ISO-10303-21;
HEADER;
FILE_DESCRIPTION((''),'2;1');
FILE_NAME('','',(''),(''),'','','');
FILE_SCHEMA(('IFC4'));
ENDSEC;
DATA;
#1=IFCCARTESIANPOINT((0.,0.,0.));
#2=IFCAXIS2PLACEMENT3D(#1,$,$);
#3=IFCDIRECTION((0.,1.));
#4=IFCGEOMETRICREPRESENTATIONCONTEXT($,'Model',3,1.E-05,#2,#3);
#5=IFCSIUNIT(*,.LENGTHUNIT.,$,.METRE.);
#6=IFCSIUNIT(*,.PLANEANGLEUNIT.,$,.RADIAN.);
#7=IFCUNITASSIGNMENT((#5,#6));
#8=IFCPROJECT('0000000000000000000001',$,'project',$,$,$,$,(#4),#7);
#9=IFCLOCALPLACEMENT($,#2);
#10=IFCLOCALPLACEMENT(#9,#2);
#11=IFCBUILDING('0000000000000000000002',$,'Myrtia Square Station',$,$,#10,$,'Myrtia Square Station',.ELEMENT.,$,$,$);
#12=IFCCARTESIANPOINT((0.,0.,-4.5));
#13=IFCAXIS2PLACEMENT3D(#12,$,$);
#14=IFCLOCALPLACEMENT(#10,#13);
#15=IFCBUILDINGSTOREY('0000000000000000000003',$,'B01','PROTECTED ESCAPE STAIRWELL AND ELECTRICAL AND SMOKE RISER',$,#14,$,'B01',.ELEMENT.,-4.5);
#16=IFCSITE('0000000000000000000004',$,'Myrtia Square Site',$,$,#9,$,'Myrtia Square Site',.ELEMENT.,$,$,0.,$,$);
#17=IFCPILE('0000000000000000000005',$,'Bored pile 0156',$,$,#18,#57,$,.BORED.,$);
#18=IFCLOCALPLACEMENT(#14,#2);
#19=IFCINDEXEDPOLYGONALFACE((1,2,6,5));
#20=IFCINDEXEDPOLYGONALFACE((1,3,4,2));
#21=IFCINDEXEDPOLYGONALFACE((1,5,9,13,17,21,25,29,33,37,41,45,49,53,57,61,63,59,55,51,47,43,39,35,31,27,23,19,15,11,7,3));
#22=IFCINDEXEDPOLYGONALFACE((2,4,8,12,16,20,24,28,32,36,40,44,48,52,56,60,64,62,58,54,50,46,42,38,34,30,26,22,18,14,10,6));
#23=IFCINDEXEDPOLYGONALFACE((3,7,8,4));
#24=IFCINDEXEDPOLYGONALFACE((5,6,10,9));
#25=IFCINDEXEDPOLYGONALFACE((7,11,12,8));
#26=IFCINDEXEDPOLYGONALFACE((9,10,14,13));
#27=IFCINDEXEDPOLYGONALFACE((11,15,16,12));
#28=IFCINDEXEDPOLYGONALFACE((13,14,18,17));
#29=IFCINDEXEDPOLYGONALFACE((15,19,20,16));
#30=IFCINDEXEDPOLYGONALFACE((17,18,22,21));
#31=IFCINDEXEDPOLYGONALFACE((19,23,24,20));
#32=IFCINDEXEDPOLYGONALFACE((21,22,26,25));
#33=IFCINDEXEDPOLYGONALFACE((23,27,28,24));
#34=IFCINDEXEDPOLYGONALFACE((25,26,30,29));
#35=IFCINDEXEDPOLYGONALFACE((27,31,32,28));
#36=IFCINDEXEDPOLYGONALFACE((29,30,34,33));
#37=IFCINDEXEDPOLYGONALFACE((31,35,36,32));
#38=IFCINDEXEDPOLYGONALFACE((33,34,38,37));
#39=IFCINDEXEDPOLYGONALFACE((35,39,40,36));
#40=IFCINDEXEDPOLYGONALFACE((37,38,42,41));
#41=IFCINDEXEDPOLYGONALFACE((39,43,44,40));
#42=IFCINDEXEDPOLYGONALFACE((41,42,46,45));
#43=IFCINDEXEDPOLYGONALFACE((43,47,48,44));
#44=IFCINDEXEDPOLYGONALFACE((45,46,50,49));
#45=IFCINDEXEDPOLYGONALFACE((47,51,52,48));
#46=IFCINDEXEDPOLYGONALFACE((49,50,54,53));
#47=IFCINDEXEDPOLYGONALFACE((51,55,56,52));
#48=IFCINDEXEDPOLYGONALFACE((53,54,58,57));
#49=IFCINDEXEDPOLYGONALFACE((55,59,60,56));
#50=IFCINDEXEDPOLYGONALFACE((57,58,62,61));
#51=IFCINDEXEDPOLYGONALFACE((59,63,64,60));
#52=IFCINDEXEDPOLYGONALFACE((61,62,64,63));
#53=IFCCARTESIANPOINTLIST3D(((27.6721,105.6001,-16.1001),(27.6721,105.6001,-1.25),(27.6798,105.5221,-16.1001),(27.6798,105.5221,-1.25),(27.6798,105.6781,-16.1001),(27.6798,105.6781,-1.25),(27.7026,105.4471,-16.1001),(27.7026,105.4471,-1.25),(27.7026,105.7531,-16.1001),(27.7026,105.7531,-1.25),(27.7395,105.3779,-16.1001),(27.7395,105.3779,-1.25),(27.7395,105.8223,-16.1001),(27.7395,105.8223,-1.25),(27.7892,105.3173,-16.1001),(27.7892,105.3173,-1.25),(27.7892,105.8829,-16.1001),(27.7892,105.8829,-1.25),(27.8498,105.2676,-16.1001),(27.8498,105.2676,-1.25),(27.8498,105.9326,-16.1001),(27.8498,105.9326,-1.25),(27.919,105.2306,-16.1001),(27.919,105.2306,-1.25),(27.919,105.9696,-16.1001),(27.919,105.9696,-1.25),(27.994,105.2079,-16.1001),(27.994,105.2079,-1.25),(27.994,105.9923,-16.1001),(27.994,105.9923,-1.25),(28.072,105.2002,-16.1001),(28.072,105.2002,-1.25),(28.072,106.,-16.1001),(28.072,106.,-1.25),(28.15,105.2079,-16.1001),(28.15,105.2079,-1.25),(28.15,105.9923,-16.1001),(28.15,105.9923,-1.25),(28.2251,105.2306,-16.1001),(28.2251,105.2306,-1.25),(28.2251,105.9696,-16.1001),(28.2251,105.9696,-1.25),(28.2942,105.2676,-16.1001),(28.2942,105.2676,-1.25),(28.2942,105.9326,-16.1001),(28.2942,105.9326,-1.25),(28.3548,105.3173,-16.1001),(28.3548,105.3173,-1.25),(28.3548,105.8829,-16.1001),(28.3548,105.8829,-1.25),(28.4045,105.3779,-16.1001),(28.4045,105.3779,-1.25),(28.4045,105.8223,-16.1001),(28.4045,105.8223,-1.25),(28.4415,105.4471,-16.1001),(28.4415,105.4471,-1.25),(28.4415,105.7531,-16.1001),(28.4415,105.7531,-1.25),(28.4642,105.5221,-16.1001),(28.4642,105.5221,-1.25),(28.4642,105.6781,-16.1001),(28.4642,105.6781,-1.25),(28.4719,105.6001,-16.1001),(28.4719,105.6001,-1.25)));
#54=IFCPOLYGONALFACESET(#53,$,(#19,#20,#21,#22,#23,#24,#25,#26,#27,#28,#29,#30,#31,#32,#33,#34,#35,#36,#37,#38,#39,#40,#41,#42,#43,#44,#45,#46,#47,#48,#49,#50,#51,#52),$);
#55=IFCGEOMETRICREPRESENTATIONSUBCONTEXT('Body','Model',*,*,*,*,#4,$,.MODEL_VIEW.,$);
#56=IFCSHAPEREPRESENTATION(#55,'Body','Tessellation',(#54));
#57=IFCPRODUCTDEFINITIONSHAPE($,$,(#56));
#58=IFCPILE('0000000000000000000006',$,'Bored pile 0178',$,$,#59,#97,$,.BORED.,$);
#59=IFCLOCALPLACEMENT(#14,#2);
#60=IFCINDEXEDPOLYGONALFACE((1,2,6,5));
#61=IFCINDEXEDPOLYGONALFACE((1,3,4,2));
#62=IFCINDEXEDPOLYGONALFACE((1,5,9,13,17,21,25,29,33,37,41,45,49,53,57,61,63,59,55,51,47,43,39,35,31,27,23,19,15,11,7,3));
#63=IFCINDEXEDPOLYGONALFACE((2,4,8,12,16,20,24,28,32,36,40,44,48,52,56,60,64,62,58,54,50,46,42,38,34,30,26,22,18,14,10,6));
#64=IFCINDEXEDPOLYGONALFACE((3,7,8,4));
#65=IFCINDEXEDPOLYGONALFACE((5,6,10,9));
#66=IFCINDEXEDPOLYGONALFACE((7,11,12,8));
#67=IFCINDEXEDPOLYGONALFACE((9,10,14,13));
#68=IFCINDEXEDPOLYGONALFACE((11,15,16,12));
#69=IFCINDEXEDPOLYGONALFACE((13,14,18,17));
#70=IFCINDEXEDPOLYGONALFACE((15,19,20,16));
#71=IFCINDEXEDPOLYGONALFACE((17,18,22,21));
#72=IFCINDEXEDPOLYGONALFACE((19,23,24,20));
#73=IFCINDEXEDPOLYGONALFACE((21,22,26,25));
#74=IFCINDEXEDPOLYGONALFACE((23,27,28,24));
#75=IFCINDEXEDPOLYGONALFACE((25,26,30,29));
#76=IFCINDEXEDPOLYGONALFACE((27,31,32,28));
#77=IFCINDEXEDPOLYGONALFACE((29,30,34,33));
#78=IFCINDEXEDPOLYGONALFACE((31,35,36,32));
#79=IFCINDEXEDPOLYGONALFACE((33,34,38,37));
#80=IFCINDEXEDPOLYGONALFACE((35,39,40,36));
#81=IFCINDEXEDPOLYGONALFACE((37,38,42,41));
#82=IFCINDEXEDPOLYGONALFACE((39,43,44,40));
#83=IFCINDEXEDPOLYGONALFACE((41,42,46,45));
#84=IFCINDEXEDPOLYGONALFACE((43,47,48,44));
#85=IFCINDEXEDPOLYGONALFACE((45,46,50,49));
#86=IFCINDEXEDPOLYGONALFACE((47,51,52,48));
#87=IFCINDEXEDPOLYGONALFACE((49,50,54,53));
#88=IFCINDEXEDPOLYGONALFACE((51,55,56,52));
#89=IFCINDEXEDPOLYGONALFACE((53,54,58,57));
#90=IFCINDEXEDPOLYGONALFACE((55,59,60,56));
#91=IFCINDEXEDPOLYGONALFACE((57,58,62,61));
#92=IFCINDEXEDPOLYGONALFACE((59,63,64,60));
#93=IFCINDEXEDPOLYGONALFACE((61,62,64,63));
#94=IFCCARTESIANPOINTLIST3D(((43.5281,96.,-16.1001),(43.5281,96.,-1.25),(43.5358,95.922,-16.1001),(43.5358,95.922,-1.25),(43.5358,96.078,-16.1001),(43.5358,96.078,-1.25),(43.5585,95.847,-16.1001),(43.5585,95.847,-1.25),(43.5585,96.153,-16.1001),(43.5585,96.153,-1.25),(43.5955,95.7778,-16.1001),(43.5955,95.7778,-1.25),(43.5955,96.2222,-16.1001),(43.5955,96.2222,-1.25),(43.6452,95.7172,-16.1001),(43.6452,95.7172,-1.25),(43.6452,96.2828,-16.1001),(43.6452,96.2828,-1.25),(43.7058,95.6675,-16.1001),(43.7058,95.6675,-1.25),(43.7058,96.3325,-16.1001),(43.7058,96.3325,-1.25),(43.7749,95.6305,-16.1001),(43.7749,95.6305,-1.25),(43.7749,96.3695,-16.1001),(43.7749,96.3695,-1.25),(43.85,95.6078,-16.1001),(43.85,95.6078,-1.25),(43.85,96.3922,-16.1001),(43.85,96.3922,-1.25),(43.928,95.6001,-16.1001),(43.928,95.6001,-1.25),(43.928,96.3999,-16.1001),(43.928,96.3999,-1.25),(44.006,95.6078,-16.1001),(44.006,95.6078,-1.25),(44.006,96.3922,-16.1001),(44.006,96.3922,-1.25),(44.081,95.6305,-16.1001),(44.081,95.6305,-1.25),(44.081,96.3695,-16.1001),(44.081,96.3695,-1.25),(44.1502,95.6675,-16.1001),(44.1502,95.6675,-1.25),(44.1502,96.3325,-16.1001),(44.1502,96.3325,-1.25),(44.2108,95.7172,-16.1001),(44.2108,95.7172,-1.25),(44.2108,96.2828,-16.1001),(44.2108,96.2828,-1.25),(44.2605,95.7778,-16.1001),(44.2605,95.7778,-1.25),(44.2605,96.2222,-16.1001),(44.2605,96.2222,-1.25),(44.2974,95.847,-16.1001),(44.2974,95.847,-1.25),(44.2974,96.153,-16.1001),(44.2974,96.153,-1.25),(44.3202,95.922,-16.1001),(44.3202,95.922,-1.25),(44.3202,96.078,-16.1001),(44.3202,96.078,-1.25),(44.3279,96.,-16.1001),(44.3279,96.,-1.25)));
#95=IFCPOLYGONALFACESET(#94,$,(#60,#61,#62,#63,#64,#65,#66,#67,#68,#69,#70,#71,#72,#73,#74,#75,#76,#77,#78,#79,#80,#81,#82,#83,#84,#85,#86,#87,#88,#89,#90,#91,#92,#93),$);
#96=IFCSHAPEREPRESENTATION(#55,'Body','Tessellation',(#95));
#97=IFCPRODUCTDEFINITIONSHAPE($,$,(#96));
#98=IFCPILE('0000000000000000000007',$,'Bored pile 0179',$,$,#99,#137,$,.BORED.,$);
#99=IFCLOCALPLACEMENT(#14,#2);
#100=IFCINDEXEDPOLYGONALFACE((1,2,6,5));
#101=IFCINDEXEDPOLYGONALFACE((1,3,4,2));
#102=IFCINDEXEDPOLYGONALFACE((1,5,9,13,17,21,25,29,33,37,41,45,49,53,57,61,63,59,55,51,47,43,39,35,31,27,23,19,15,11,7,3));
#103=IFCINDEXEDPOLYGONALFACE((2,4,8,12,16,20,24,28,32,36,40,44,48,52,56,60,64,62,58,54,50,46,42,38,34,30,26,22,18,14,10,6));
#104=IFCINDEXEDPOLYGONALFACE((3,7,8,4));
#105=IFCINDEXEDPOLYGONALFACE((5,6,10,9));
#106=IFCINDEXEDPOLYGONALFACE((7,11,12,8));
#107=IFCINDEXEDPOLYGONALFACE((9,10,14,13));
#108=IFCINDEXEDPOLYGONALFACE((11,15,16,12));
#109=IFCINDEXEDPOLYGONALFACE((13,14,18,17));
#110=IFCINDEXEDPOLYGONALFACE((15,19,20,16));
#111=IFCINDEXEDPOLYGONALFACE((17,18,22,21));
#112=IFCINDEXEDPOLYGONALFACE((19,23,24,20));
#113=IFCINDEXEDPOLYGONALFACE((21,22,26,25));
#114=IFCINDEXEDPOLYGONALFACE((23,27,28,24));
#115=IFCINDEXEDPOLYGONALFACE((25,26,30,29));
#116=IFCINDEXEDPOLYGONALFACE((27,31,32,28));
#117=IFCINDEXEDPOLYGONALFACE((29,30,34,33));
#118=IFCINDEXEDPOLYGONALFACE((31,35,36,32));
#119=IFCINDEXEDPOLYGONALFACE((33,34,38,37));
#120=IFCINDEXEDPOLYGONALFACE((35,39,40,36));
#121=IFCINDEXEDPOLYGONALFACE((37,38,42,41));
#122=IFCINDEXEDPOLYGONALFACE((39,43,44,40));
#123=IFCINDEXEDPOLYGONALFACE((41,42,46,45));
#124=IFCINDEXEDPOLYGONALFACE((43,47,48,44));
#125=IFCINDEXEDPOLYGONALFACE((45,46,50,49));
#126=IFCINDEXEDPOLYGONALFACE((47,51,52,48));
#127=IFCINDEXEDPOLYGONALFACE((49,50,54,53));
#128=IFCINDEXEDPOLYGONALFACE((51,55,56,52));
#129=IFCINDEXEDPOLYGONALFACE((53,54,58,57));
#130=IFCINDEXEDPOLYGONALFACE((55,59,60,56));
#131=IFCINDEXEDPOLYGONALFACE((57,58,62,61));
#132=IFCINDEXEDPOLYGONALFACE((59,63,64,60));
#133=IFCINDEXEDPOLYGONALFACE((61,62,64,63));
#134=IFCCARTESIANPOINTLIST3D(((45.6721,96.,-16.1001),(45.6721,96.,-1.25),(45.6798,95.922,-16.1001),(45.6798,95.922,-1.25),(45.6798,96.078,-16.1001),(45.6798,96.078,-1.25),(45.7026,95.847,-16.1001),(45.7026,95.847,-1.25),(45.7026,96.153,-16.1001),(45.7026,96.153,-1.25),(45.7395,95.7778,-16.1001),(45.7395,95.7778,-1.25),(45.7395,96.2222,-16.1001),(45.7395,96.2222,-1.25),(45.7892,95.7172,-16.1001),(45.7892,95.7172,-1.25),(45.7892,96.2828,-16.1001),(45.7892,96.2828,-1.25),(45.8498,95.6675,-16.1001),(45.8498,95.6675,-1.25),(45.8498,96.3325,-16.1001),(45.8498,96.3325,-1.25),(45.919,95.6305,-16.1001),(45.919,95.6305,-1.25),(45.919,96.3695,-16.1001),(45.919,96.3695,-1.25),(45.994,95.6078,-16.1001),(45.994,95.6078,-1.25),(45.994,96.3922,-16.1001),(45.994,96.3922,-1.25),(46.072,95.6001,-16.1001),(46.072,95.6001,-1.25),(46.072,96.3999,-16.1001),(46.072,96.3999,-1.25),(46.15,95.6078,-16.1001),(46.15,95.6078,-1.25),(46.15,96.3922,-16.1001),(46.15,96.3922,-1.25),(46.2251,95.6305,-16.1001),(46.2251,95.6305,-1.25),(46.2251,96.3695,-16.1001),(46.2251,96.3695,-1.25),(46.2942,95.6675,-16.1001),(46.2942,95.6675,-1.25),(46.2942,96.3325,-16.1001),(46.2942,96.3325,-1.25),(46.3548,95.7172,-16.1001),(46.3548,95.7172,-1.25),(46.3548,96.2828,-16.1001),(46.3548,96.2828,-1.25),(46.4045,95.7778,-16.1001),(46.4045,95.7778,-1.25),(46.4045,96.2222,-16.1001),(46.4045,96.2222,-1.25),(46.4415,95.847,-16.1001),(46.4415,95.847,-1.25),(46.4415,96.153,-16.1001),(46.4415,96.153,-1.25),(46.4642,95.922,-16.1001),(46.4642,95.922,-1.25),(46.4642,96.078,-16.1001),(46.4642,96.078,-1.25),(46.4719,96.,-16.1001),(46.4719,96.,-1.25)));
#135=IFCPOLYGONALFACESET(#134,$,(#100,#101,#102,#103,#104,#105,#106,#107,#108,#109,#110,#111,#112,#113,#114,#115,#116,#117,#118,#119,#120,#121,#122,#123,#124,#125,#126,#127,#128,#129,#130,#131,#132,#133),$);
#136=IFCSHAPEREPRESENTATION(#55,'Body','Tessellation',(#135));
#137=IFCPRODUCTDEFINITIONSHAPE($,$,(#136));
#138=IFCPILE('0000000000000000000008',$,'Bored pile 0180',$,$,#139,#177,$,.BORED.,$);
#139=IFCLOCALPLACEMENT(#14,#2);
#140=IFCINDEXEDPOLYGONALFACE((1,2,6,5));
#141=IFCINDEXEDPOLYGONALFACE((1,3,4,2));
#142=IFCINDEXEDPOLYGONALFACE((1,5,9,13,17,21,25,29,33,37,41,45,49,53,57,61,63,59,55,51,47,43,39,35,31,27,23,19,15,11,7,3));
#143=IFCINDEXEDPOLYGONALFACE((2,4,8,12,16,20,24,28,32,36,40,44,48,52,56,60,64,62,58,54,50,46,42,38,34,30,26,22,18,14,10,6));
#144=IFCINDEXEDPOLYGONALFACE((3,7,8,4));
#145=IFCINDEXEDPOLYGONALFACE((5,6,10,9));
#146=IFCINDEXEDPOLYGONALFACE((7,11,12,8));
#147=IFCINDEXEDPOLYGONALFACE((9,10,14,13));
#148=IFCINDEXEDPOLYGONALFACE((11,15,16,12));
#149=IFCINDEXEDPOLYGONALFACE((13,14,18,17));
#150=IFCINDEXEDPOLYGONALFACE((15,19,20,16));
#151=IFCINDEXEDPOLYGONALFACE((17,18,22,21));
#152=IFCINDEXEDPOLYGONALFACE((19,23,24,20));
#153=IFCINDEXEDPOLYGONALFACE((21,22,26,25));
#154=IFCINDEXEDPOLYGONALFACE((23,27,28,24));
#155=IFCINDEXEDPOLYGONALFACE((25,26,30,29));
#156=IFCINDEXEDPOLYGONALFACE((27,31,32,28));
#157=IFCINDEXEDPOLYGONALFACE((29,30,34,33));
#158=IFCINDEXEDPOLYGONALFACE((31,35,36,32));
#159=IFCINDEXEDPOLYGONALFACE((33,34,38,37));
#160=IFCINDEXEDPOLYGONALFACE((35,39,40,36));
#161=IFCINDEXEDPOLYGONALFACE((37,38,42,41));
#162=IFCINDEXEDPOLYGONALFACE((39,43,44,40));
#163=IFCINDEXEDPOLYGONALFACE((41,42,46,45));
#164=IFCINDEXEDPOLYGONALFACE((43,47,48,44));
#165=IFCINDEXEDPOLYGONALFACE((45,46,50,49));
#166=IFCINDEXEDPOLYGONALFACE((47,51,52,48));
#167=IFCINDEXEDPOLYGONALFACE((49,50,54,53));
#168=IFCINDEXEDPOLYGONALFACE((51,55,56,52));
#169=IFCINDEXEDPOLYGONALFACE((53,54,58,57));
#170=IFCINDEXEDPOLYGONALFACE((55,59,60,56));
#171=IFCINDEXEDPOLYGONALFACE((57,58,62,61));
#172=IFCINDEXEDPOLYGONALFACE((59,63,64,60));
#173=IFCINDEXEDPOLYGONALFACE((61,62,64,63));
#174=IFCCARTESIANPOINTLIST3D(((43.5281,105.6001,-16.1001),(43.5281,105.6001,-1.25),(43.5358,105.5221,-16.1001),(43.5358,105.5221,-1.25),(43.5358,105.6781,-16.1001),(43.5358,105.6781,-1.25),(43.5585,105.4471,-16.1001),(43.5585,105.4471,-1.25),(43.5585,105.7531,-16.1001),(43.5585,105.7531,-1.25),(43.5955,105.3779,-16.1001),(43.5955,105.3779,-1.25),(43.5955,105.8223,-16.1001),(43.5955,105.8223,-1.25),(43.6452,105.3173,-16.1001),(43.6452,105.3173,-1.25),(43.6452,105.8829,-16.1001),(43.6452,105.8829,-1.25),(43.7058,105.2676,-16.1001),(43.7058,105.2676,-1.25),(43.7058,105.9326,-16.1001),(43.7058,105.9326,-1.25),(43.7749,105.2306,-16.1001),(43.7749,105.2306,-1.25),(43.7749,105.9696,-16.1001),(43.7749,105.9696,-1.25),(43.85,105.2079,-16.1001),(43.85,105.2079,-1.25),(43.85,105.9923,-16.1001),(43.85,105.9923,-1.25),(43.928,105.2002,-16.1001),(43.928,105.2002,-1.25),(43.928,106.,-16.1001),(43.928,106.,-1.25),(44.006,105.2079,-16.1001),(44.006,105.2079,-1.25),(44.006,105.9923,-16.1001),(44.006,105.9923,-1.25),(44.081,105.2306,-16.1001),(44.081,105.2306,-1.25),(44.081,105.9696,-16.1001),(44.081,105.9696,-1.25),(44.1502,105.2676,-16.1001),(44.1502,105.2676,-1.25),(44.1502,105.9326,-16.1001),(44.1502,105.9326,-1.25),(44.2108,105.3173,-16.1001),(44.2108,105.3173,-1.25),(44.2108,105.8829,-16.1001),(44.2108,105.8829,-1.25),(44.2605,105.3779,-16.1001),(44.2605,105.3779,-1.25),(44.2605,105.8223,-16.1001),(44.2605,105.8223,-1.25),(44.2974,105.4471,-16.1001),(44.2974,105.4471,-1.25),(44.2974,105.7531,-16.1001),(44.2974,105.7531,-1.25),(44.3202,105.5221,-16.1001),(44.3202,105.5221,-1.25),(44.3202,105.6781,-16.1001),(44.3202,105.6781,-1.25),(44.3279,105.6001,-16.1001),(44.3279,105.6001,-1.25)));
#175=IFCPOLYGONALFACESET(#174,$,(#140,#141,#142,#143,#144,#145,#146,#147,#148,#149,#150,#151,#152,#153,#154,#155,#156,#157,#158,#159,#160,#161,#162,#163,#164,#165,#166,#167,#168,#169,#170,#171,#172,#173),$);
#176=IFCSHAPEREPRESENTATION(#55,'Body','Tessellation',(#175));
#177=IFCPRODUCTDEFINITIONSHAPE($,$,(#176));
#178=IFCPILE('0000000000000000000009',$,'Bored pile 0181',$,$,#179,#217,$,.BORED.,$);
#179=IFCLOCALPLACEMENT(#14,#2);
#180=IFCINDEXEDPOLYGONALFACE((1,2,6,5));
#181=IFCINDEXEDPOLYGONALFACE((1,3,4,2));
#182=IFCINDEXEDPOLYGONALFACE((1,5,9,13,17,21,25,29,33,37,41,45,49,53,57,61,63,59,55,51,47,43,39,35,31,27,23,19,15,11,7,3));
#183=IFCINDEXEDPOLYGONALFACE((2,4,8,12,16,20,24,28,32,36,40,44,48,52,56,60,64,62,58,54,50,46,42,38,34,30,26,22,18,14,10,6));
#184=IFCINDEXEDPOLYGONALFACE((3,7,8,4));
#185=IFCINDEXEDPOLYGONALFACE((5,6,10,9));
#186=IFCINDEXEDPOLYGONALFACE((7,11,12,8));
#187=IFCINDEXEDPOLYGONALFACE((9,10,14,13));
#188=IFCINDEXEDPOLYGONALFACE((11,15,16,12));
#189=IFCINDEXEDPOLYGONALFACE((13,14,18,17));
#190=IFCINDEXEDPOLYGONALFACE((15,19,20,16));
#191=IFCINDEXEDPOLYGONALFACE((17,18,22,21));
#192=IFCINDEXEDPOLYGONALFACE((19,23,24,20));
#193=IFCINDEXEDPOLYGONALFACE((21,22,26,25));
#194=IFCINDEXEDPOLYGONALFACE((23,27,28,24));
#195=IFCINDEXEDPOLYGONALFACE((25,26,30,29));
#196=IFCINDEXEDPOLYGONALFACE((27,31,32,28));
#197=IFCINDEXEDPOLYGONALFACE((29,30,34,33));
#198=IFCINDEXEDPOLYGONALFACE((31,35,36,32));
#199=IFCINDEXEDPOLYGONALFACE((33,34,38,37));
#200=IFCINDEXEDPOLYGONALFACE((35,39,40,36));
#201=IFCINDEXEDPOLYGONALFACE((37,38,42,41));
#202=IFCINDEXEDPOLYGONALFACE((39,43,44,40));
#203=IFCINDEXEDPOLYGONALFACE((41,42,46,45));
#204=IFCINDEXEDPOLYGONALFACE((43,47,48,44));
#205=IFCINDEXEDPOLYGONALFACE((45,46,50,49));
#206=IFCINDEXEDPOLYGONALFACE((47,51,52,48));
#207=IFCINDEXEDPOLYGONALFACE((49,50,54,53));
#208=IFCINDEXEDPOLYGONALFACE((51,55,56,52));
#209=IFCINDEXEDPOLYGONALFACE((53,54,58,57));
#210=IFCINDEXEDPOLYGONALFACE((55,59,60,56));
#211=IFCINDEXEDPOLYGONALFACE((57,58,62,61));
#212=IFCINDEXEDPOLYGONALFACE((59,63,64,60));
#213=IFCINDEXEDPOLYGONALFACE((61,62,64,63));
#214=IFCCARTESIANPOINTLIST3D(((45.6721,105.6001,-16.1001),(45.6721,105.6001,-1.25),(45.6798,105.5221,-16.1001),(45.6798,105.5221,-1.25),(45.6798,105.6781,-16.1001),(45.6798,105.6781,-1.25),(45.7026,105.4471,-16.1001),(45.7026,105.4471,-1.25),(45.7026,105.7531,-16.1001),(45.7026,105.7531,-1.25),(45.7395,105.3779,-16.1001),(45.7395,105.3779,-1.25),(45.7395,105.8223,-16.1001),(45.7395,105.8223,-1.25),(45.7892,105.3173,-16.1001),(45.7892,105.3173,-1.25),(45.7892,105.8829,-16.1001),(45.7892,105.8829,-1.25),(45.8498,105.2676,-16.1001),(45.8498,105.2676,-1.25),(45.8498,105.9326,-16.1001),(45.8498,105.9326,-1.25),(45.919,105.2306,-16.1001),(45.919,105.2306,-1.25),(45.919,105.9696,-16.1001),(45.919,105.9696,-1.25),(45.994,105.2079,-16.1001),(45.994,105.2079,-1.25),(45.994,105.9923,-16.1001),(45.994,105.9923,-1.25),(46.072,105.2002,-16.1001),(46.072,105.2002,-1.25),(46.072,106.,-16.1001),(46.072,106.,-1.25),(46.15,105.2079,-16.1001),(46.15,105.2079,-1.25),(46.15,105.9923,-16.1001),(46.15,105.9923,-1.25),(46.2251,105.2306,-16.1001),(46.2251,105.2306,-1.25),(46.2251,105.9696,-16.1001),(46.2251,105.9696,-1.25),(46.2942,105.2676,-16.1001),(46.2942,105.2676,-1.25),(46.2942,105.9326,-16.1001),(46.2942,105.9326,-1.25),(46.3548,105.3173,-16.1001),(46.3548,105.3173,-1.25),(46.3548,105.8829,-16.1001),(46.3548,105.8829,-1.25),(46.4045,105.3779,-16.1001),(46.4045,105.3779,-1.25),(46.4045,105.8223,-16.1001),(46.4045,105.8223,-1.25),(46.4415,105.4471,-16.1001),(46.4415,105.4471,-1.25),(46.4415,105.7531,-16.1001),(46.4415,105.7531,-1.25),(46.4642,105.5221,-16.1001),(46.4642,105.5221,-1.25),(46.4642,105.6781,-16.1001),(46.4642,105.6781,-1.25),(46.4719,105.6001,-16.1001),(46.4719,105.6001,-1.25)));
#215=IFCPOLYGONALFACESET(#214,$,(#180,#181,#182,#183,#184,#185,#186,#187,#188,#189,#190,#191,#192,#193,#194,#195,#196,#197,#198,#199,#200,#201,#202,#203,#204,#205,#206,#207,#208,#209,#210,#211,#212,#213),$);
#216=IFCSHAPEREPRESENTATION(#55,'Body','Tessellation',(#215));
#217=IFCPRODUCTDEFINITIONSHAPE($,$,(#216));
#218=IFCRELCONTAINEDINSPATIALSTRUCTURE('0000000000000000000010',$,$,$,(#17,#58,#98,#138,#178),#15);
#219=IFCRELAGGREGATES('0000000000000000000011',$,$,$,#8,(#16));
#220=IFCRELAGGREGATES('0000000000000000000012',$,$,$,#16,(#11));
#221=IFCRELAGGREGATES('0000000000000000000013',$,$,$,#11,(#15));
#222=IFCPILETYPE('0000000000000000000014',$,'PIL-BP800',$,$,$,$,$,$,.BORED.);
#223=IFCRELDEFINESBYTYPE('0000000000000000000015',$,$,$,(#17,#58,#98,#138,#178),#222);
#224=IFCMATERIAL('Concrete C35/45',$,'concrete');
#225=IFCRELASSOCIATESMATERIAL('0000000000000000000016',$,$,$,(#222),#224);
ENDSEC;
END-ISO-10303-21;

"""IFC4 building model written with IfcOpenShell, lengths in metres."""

from ifc_helpers import new_model, si_unit, direction, frame, origin, origin_2d, place, context, subcontext, project, spatial, circle, extrude, material, material_profile, profile_set, type_object, element, save


model = new_model("IFC4")

# Units and contexts
model_context = context("Model", 3, precision=1e-05, world=origin(), true_north=direction((0.0, 1.0)))
body_context = subcontext(model_context, "Body", "Model", "MODEL_VIEW")
ifc_project = project(units=[si_unit("LENGTHUNIT", "METRE"), si_unit("PLANEANGLEUNIT", "RADIAN")], contexts=[model_context])

# Site, building, storey
site_placement = place(None, origin())
site = spatial("IfcSite", under=ifc_project, at=site_placement, Name="Myrtia Square Site", LongName="Myrtia Square Site", CompositionType="ELEMENT", RefElevation=0.0)
building_placement = place(site_placement, origin())
building = spatial("IfcBuilding", under=site, at=building_placement, Name="Myrtia Square Station", LongName="Myrtia Square Station", CompositionType="ELEMENT")
storey_placement = place(building_placement, frame((0.0, 0.0, -4.5)))
storey = spatial("IfcBuildingStorey", under=building, at=storey_placement, Name="B01", Description="PROTECTED ESCAPE STAIRWELL AND ELECTRICAL AND SMOKE RISER", LongName="B01", CompositionType="ELEMENT", Elevation=-4.5)

# Shared definitions
ifc_material_1 = material(Name="Concrete C35/45", Category="concrete")

# Piles
ifc_material_profile_1 = material_profile(ifc_material_1, circle(Radius=0.3999, at=origin_2d()), Name="BP D800")
ifc_profile_set_1 = profile_set([ifc_material_profile_1], Name="Concrete C35/45")
pile_type = type_object("IfcPileType", Name="PIL-BP800", PredefinedType="BORED", material=ifc_profile_set_1)
for number, where, z_axis, x_axis, name in (
    (1, (28.072, 105.6001, -1.25), (0.0, 0.0, -1.0), (1.0, 0.0, 0.0), "Bored pile 0156"),
    (2, (43.928, 96.0, -1.25), (0.0, 0.0, -1.0), (1.0, 0.0, 0.0), "Bored pile 0178"),
    (3, (46.072, 96.0, -1.25), (0.0, 0.0, -1.0), (1.0, 0.0, 0.0), "Bored pile 0179"),
    (4, (43.928, 105.6001, -1.25), (0.0, 0.0, -1.0), (1.0, 0.0, 0.0), "Bored pile 0180"),
    (5, (46.072, 105.6001, -1.25), (0.0, 0.0, -1.0), (1.0, 0.0, 0.0), "Bored pile 0181"),
):
    element("IfcPile", number, at=place(storey_placement, frame(where, z_axis=z_axis, x_axis=x_axis)), inside=storey, type_object=pile_type, Name=name, PredefinedType="BORED", context=body_context, shape_type="SweptSolid", body=[
        extrude(circle(Radius=0.3999, at=origin_2d()), origin(), (0.0, 0.0, 1.0), 14.8501),
    ])

save(model, "model.ifc")
